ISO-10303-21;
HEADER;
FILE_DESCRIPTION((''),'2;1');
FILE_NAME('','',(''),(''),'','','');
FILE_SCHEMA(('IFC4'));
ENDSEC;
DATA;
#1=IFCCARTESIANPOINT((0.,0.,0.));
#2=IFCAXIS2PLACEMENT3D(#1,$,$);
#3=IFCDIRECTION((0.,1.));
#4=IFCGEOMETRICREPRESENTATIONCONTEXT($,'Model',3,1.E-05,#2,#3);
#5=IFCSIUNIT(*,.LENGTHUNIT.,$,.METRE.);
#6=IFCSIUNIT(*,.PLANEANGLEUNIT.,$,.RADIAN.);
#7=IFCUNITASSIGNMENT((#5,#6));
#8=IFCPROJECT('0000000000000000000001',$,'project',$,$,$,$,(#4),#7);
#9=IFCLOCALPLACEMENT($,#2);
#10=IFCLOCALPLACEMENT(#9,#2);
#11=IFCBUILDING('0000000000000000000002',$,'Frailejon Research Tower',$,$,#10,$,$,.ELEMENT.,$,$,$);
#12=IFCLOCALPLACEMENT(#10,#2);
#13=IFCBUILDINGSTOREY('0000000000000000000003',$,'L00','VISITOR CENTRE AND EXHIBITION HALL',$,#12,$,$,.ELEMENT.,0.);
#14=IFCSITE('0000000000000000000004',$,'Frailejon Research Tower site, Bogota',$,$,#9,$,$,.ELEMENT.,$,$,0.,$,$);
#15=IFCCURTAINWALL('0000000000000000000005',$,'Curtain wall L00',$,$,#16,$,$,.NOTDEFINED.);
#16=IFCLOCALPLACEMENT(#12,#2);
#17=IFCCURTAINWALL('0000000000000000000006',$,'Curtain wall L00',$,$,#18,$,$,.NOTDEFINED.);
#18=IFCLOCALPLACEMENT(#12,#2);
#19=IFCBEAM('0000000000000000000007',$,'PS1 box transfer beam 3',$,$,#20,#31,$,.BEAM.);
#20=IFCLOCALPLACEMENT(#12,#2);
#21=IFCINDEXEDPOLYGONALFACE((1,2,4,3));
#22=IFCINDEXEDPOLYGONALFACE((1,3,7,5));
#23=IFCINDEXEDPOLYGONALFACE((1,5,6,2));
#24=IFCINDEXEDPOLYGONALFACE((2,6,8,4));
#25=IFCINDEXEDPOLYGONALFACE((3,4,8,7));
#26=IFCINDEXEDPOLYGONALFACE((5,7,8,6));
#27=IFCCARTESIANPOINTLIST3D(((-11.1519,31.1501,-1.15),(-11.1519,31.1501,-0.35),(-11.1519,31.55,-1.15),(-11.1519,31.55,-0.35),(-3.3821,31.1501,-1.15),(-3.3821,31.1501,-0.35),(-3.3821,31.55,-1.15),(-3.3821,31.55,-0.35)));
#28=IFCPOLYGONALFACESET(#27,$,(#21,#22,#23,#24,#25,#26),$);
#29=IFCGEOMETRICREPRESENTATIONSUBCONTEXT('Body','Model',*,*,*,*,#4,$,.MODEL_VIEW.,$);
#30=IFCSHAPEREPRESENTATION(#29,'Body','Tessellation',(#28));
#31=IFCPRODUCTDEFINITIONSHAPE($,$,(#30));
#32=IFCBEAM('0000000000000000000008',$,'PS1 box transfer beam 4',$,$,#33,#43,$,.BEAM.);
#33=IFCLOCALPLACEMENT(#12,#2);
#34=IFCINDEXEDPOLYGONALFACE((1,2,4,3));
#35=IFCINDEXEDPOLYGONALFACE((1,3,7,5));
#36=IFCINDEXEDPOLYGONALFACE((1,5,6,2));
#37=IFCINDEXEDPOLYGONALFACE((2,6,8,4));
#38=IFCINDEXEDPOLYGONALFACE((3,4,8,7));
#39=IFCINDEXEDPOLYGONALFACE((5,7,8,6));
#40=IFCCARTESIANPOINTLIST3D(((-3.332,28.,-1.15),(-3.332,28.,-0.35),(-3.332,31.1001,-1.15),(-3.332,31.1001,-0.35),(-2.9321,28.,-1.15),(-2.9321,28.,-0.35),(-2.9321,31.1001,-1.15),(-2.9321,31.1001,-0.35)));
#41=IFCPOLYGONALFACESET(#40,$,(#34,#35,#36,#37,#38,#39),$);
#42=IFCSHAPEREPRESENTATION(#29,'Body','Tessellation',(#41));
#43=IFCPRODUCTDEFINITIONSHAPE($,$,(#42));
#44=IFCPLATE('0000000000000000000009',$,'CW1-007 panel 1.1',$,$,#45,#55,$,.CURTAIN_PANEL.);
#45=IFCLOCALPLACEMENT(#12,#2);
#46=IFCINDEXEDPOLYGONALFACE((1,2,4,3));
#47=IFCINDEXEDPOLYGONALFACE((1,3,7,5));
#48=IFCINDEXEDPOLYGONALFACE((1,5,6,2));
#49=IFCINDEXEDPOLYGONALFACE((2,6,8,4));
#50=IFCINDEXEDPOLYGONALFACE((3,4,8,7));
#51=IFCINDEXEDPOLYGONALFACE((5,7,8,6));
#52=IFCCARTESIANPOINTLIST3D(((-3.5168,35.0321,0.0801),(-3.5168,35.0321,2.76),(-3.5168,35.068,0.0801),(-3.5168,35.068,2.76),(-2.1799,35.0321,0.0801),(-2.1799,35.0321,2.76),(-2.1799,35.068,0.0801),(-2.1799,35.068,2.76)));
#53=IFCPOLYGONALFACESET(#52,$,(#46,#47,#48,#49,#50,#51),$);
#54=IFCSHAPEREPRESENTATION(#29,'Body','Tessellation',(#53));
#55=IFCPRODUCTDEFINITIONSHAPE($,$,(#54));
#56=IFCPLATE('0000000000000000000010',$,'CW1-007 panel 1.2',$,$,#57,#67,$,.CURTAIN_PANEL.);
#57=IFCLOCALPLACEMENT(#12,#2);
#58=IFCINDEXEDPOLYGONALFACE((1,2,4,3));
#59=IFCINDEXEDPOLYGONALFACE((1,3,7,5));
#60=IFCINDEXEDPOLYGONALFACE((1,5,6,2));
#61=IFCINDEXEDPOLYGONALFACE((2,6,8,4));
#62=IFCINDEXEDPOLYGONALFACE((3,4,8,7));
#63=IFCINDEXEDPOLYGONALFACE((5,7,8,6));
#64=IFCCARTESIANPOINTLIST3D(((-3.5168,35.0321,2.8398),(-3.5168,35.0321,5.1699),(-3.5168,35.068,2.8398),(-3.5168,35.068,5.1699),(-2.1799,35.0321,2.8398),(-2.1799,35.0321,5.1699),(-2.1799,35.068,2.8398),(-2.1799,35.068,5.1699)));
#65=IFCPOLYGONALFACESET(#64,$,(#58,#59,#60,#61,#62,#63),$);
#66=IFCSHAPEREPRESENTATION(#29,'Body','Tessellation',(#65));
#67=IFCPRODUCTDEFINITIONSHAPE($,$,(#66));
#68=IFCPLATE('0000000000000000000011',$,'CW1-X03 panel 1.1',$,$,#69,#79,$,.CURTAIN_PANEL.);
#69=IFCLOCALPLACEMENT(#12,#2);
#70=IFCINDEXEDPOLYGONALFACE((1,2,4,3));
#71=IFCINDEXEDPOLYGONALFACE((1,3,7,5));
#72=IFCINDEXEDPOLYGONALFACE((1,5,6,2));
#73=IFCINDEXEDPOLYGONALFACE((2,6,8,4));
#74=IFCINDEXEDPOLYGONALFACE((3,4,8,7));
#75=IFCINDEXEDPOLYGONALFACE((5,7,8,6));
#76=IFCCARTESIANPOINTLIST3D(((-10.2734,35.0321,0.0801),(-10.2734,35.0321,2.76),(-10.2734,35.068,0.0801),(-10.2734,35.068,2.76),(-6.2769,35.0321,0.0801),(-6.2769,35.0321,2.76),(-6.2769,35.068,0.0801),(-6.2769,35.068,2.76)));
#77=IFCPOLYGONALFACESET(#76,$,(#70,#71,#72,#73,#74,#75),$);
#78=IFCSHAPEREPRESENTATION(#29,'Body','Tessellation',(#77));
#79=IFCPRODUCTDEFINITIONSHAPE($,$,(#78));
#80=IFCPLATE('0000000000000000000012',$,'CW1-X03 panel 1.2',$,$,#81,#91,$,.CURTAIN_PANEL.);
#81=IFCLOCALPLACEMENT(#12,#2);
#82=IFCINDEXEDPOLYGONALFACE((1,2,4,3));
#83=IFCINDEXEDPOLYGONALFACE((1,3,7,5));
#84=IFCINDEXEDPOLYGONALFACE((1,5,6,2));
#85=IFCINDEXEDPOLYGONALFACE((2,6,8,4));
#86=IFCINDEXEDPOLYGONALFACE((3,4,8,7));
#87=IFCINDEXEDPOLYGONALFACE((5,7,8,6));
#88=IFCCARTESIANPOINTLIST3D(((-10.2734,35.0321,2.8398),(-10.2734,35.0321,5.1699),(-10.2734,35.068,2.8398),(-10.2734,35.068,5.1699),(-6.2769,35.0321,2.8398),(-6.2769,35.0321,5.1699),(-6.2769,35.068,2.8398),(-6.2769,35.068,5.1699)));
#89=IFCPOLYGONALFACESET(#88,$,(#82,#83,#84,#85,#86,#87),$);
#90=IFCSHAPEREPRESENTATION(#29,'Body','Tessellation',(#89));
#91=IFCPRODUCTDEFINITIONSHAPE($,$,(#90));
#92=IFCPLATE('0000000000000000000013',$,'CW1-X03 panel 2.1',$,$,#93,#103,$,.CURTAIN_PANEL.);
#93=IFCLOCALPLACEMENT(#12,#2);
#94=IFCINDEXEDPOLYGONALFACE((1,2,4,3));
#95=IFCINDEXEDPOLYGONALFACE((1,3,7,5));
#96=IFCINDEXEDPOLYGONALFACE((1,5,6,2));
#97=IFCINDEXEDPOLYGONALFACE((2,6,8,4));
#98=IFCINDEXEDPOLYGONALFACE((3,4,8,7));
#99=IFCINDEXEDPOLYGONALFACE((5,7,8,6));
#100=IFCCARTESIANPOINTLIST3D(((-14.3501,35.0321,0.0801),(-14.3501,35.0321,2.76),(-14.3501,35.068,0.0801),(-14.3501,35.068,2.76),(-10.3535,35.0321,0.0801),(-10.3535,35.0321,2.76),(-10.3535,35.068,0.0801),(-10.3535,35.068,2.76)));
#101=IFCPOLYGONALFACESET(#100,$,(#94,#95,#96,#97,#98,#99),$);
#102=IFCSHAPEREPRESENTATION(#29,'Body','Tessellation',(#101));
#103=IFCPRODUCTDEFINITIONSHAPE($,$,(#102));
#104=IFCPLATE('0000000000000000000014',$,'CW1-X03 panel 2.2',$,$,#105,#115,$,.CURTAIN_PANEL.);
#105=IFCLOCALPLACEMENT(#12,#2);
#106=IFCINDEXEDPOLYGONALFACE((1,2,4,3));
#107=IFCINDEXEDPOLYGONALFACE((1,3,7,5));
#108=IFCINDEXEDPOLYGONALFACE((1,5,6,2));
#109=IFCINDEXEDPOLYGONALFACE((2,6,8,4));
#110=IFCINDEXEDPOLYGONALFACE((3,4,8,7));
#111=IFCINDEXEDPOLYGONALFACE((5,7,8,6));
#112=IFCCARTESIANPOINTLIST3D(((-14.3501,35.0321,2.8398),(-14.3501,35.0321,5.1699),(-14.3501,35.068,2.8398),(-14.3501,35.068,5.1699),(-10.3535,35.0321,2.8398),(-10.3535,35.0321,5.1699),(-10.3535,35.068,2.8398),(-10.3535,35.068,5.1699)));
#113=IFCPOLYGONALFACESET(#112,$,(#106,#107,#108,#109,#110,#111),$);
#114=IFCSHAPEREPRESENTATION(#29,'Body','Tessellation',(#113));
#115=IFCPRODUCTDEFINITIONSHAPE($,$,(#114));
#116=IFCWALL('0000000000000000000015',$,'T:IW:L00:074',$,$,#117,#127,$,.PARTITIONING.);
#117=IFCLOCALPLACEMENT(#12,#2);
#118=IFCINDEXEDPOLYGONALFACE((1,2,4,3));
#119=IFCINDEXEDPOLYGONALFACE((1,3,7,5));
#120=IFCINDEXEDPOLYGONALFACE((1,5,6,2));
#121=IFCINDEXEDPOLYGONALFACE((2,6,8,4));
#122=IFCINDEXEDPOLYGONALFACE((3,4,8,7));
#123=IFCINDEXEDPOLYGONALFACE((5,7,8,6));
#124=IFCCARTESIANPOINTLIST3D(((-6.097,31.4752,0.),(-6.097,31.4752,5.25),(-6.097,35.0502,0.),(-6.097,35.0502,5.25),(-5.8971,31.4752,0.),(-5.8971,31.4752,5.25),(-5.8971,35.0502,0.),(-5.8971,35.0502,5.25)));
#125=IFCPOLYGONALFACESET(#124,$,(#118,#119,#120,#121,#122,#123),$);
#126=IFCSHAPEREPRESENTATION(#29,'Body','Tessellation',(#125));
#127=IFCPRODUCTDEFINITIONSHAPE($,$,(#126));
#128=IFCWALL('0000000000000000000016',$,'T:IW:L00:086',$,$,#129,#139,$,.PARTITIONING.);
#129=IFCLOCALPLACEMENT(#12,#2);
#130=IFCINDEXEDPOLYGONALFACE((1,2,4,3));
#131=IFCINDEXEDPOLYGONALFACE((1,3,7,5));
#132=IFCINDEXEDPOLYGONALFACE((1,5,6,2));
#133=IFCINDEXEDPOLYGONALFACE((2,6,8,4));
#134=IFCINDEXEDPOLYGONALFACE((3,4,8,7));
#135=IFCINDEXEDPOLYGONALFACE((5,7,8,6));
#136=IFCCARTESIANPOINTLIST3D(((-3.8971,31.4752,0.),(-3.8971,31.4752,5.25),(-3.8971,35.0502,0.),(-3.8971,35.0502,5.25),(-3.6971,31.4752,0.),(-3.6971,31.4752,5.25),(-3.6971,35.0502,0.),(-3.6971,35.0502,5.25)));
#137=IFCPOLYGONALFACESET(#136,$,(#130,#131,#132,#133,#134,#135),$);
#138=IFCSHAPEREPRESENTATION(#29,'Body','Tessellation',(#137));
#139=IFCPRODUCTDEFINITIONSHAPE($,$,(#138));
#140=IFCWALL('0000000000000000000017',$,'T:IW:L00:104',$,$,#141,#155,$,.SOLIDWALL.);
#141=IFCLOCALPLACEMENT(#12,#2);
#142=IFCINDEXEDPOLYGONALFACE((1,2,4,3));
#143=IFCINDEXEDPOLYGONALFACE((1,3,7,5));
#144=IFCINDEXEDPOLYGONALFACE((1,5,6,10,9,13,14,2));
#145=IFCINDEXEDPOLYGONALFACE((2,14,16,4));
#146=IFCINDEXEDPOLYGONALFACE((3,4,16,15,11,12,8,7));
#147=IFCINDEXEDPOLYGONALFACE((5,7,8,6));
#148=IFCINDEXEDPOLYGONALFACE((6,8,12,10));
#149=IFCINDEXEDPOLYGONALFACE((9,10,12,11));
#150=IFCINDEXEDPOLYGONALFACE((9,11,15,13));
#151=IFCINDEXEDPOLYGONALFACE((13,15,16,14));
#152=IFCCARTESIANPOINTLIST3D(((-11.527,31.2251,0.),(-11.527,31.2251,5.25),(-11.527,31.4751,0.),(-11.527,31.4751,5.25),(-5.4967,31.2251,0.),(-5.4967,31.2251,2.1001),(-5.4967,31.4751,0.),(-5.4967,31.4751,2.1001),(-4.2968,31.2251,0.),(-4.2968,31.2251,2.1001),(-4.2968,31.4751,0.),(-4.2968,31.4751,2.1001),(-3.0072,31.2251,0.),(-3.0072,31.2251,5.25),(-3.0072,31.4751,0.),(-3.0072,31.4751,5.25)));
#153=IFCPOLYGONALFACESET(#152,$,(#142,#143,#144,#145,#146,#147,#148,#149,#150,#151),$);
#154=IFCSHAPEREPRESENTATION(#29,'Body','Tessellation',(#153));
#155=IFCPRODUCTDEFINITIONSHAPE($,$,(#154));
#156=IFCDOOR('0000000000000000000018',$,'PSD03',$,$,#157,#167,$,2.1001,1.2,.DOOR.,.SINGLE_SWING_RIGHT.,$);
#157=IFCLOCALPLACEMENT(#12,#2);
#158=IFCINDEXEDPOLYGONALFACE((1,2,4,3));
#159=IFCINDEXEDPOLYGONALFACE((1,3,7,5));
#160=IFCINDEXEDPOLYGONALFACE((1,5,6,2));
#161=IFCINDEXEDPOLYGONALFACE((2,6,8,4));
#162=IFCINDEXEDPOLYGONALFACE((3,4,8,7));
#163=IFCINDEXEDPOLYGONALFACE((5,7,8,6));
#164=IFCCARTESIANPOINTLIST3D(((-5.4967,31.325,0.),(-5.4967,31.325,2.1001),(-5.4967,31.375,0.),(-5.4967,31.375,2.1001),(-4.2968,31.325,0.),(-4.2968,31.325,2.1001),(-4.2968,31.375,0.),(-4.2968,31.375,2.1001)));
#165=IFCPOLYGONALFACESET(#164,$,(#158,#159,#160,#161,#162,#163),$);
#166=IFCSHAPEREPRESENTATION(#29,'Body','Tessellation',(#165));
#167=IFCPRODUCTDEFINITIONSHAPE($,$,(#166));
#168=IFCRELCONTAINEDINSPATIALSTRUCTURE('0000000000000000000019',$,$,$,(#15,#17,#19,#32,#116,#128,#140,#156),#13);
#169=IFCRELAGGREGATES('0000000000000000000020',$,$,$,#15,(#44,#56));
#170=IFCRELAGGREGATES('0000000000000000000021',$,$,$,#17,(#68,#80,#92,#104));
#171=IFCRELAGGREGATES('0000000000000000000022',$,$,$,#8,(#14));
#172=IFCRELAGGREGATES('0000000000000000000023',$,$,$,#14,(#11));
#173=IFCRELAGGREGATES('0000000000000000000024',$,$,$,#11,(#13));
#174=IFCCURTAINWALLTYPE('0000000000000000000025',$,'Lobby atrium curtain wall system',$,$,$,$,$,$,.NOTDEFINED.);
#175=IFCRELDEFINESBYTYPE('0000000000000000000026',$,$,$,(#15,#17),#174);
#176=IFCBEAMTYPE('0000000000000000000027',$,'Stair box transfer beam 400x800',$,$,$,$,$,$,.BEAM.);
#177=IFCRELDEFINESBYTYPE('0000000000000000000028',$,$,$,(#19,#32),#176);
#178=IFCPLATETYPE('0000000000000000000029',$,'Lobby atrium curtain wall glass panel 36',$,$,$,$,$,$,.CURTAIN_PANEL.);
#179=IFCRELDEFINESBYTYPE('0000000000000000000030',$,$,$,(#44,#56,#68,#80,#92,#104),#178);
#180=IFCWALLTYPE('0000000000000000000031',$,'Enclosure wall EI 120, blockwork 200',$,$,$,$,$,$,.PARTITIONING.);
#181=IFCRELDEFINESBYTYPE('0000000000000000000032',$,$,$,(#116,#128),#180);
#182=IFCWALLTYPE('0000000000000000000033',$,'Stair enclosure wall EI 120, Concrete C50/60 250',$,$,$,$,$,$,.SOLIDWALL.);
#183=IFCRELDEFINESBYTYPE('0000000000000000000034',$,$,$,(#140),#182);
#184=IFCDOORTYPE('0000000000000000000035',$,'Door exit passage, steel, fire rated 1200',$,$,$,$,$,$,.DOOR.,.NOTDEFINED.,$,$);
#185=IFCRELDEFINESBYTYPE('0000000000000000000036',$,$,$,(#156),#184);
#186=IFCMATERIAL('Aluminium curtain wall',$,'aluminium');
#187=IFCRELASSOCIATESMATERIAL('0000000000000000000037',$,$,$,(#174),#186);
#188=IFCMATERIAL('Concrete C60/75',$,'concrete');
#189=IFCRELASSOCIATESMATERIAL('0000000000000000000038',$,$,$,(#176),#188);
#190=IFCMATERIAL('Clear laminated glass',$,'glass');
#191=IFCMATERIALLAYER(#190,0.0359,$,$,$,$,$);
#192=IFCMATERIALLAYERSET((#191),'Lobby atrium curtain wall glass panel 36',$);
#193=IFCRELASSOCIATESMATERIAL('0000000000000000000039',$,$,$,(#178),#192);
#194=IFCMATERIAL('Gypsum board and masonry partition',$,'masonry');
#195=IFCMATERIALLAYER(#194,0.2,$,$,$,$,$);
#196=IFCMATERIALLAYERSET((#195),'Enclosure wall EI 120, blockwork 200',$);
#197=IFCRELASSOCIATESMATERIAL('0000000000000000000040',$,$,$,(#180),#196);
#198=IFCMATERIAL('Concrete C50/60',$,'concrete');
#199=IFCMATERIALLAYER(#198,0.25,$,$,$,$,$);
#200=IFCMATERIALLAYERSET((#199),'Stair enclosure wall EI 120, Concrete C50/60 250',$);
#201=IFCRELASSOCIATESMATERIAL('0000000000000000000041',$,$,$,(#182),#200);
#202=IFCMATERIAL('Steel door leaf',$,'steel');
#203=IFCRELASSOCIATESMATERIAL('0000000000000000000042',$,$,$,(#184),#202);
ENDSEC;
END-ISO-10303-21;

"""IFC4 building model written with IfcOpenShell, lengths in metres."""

from ifc_helpers import new_model, si_unit, direction, frame, frame_2d, origin, origin_2d, place, context, subcontext, project, spatial, rectangle, extrude, material, layer, layer_set, material_profile, profile_set, type_object, element, fill, aggregate, save


model = new_model("IFC4")

# Units and contexts
model_context = context("Model", 3, precision=1e-05, world=origin(), true_north=direction((0.0, 1.0)))
body_context = subcontext(model_context, "Body", "Model", "MODEL_VIEW")
ifc_project = project(units=[si_unit("LENGTHUNIT", "METRE"), si_unit("PLANEANGLEUNIT", "RADIAN")], contexts=[model_context])

# Site, building, storey
site_placement = place(None, origin())
site = spatial("IfcSite", under=ifc_project, at=site_placement, Name="Frailejon Research Tower site, Bogota", CompositionType="ELEMENT", RefElevation=0.0)
building_placement = place(site_placement, origin())
building = spatial("IfcBuilding", under=site, at=building_placement, Name="Frailejon Research Tower", CompositionType="ELEMENT")
storey_placement = place(building_placement, origin())
storey = spatial("IfcBuildingStorey", under=building, at=storey_placement, Name="L00", Description="VISITOR CENTRE AND EXHIBITION HALL", CompositionType="ELEMENT", Elevation=0.0)

# Curtain wall
ifc_material_1 = material(Name="Aluminium curtain wall", Category="aluminium")
curtain_wall_type = type_object("IfcCurtainWallType", Name="Lobby atrium curtain wall system", PredefinedType="NOTDEFINED", material=ifc_material_1)
curtain_wall_1_placement = place(storey_placement, origin())
curtain_wall_1 = element("IfcCurtainWall", 1, at=curtain_wall_1_placement, inside=storey, type_object=curtain_wall_type, Name="Curtain wall L00", PredefinedType="NOTDEFINED")

# Curtain wall
curtain_wall_2_placement = place(storey_placement, origin())
curtain_wall_2 = element("IfcCurtainWall", 2, at=curtain_wall_2_placement, inside=storey, type_object=curtain_wall_type, Name="Curtain wall L00", PredefinedType="NOTDEFINED")

# Beams
ifc_material_2 = material(Name="Concrete C60/75", Category="concrete")
ifc_material_profile_1 = material_profile(ifc_material_2, rectangle(XDim=0.3999, YDim=0.8, at=origin_2d()), Name="Stair box transfer beam 400x800")
ifc_profile_set_1 = profile_set([ifc_material_profile_1], Name="Concrete C60/75")
beam_type = type_object("IfcBeamType", Name="Stair box transfer beam 400x800", PredefinedType="BEAM", material=ifc_profile_set_1)
beam_1_placement = place(storey_placement, frame((-11.1519, 31.3501, -0.75), z_axis=(1.0, 0.0, 0.0), x_axis=(0.0, 1.0, 0.0)))
element("IfcBeam", 3, at=beam_1_placement, inside=storey, type_object=beam_type, Name="PS1 box transfer beam 3", PredefinedType="BEAM", context=body_context, shape_type="SweptSolid", body=[
    extrude(rectangle(XDim=0.3999, YDim=0.8, at=origin_2d()), origin(), (0.0, 0.0, 1.0), 7.7698),
])
beam_2_placement = place(storey_placement, frame((-3.1321, 31.1001, -0.75), z_axis=(0.0, -1.0, 0.0), x_axis=(1.0, 0.0, 0.0)))
element("IfcBeam", 4, at=beam_2_placement, inside=storey, type_object=beam_type, Name="PS1 box transfer beam 4", PredefinedType="BEAM", context=body_context, shape_type="SweptSolid", body=[
    extrude(rectangle(XDim=0.3999, YDim=0.8, at=origin_2d()), origin(), (0.0, 0.0, 1.0), 3.1001),
])

# Plates
ifc_material_3 = material(Name="Clear laminated glass", Category="glass")
ifc_layer_1 = layer(ifc_material_3, 0.0359)
ifc_layer_set_1 = layer_set([ifc_layer_1], Name="Lobby atrium curtain wall glass panel 36")
plate_type = type_object("IfcPlateType", Name="Lobby atrium curtain wall glass panel 36", PredefinedType="CURTAIN_PANEL", material=ifc_layer_set_1)
plate_1_placement = place(storey_placement, frame((-2.8484, 35.05, 0.0801), z_axis=(0.0, 0.0, 1.0), x_axis=(-1.0, 0.0, 0.0)))
plate_1 = element("IfcPlate", 5, at=plate_1_placement, type_object=plate_type, Name="CW1-007 panel 1.1", PredefinedType="CURTAIN_PANEL", context=body_context, shape_type="SweptSolid", body=[
    extrude(rectangle(XDim=1.3369, YDim=0.0359, at=origin_2d()), origin(), (0.0, 0.0, 1.0), 2.6799),
])
plate_2_placement = place(storey_placement, frame((-2.8484, 35.05, 2.8398), z_axis=(0.0, 0.0, 1.0), x_axis=(-1.0, 0.0, 0.0)))
plate_2 = element("IfcPlate", 6, at=plate_2_placement, type_object=plate_type, Name="CW1-007 panel 1.2", PredefinedType="CURTAIN_PANEL", context=body_context, shape_type="SweptSolid", body=[
    extrude(rectangle(XDim=1.3369, YDim=0.0359, at=origin_2d()), origin(), (0.0, 0.0, 1.0), 2.3301),
])
aggregate(curtain_wall_1, [plate_1, plate_2])
plate_3_placement = place(storey_placement, frame((-8.2751, 35.05, 0.0801), z_axis=(0.0, 0.0, 1.0), x_axis=(-1.0, 0.0, 0.0)))
plate_3 = element("IfcPlate", 7, at=plate_3_placement, type_object=plate_type, Name="CW1-X03 panel 1.1", PredefinedType="CURTAIN_PANEL", context=body_context, shape_type="SweptSolid", body=[
    extrude(rectangle(XDim=3.9966, YDim=0.0359, at=origin_2d()), origin(), (0.0, 0.0, 1.0), 2.6799),
])
plate_4_placement = place(storey_placement, frame((-8.2751, 35.05, 2.8398), z_axis=(0.0, 0.0, 1.0), x_axis=(-1.0, 0.0, 0.0)))
plate_4 = element("IfcPlate", 8, at=plate_4_placement, type_object=plate_type, Name="CW1-X03 panel 1.2", PredefinedType="CURTAIN_PANEL", context=body_context, shape_type="SweptSolid", body=[
    extrude(rectangle(XDim=3.9966, YDim=0.0359, at=origin_2d()), origin(), (0.0, 0.0, 1.0), 2.3301),
])
plate_5_placement = place(storey_placement, frame((-12.3518, 35.05, 0.0801), z_axis=(0.0, 0.0, 1.0), x_axis=(-1.0, 0.0, 0.0)))
plate_5 = element("IfcPlate", 9, at=plate_5_placement, type_object=plate_type, Name="CW1-X03 panel 2.1", PredefinedType="CURTAIN_PANEL", context=body_context, shape_type="SweptSolid", body=[
    extrude(rectangle(XDim=3.9966, YDim=0.0359, at=origin_2d()), origin(), (0.0, 0.0, 1.0), 2.6799),
])
plate_6_placement = place(storey_placement, frame((-12.3518, 35.05, 2.8398), z_axis=(0.0, 0.0, 1.0), x_axis=(-1.0, 0.0, 0.0)))
plate_6 = element("IfcPlate", 10, at=plate_6_placement, type_object=plate_type, Name="CW1-X03 panel 2.2", PredefinedType="CURTAIN_PANEL", context=body_context, shape_type="SweptSolid", body=[
    extrude(rectangle(XDim=3.9966, YDim=0.0359, at=origin_2d()), origin(), (0.0, 0.0, 1.0), 2.3301),
])
aggregate(curtain_wall_2, [plate_3, plate_4, plate_5, plate_6])

# Walls
ifc_material_4 = material(Name="Gypsum board and masonry partition", Category="masonry")
ifc_layer_2 = layer(ifc_material_4, 0.2)
ifc_layer_set_2 = layer_set([ifc_layer_2], Name="Enclosure wall EI 120, blockwork 200")
wall_type_1 = type_object("IfcWallType", Name="Enclosure wall EI 120, blockwork 200", PredefinedType="PARTITIONING", material=ifc_layer_set_2)
for number, where, z_axis, x_axis, name in (
    (11, (-5.9971, 31.4751, 0.0), (0.0, 0.0, 1.0), (0.0, 1.0, 0.0), "T:IW:L00:074"),
    (12, (-3.7971, 31.4751, 0.0), (0.0, 0.0, 1.0), (0.0, 1.0, 0.0), "T:IW:L00:086"),
):
    element("IfcWall", number, at=place(storey_placement, frame(where, z_axis=z_axis, x_axis=x_axis)), inside=storey, type_object=wall_type_1, Name=name, PredefinedType="PARTITIONING", context=body_context, shape_type="SweptSolid", body=[
        extrude(rectangle(XDim=3.575, YDim=0.2, at=frame_2d((1.7876, 0.0))), origin(), (0.0, 0.0, 1.0), 5.25),
    ])

# Wall, opening, door
ifc_material_5 = material(Name="Concrete C50/60", Category="concrete")
ifc_layer_3 = layer(ifc_material_5, 0.25)
ifc_layer_set_3 = layer_set([ifc_layer_3], Name="Stair enclosure wall EI 120, Concrete C50/60 250")
wall_type_2 = type_object("IfcWallType", Name="Stair enclosure wall EI 120, Concrete C50/60 250", PredefinedType="SOLIDWALL", material=ifc_layer_set_3)
wall_1_placement = place(storey_placement, frame((-11.5269, 31.3501, 0.0), z_axis=(0.0, 0.0, 1.0), x_axis=(1.0, 0.0, 0.0)))
wall_1 = element("IfcWall", 13, at=wall_1_placement, inside=storey, type_object=wall_type_2, Name="T:IW:L00:104", PredefinedType="SOLIDWALL", context=body_context, shape_type="SweptSolid", body=[
    extrude(rectangle(XDim=8.5198, YDim=0.25, at=frame_2d((4.2598, 0.0))), origin(), (0.0, 0.0, 1.0), 5.25),
])
opening_1_placement = place(wall_1_placement, frame((6.03, 0.0, 0.0)))
opening_1 = element("IfcOpeningElement", 14, at=opening_1_placement, cuts=wall_1, PredefinedType="OPENING", context=body_context, shape_type="SweptSolid", body=[
    extrude(rectangle(XDim=1.2, YDim=2.1001, at=frame_2d((0.6001, 1.05))), frame((0.0, 0.135, 0.0), z_axis=(0.0, -1.0, 0.0), x_axis=(1.0, 0.0, 0.0)), (0.0, 0.0, 1.0), 0.27),
])
ifc_material_6 = material(Name="Steel door leaf", Category="steel")
door_type_1 = type_object("IfcDoorType", Name="Door exit passage, steel, fire rated 1200", OperationType="NOTDEFINED", PredefinedType="DOOR", material=ifc_material_6)
door_1_placement = place(opening_1_placement, origin())
door_1 = element("IfcDoor", 15, at=door_1_placement, inside=storey, type_object=door_type_1, Name="PSD03", OperationType="SINGLE_SWING_RIGHT", OverallHeight=2.1001, OverallWidth=1.2, PredefinedType="DOOR", context=body_context, shape_type="SweptSolid", body=[
    extrude(rectangle(XDim=1.2, YDim=2.1001, at=frame_2d((0.6001, 1.05))), frame((0.0, 0.0249, 0.0), z_axis=(0.0, -1.0, 0.0), x_axis=(1.0, 0.0, 0.0)), (0.0, 0.0, 1.0), 0.05),
])
fill(opening_1, door_1)

save(model, "model.ifc")
